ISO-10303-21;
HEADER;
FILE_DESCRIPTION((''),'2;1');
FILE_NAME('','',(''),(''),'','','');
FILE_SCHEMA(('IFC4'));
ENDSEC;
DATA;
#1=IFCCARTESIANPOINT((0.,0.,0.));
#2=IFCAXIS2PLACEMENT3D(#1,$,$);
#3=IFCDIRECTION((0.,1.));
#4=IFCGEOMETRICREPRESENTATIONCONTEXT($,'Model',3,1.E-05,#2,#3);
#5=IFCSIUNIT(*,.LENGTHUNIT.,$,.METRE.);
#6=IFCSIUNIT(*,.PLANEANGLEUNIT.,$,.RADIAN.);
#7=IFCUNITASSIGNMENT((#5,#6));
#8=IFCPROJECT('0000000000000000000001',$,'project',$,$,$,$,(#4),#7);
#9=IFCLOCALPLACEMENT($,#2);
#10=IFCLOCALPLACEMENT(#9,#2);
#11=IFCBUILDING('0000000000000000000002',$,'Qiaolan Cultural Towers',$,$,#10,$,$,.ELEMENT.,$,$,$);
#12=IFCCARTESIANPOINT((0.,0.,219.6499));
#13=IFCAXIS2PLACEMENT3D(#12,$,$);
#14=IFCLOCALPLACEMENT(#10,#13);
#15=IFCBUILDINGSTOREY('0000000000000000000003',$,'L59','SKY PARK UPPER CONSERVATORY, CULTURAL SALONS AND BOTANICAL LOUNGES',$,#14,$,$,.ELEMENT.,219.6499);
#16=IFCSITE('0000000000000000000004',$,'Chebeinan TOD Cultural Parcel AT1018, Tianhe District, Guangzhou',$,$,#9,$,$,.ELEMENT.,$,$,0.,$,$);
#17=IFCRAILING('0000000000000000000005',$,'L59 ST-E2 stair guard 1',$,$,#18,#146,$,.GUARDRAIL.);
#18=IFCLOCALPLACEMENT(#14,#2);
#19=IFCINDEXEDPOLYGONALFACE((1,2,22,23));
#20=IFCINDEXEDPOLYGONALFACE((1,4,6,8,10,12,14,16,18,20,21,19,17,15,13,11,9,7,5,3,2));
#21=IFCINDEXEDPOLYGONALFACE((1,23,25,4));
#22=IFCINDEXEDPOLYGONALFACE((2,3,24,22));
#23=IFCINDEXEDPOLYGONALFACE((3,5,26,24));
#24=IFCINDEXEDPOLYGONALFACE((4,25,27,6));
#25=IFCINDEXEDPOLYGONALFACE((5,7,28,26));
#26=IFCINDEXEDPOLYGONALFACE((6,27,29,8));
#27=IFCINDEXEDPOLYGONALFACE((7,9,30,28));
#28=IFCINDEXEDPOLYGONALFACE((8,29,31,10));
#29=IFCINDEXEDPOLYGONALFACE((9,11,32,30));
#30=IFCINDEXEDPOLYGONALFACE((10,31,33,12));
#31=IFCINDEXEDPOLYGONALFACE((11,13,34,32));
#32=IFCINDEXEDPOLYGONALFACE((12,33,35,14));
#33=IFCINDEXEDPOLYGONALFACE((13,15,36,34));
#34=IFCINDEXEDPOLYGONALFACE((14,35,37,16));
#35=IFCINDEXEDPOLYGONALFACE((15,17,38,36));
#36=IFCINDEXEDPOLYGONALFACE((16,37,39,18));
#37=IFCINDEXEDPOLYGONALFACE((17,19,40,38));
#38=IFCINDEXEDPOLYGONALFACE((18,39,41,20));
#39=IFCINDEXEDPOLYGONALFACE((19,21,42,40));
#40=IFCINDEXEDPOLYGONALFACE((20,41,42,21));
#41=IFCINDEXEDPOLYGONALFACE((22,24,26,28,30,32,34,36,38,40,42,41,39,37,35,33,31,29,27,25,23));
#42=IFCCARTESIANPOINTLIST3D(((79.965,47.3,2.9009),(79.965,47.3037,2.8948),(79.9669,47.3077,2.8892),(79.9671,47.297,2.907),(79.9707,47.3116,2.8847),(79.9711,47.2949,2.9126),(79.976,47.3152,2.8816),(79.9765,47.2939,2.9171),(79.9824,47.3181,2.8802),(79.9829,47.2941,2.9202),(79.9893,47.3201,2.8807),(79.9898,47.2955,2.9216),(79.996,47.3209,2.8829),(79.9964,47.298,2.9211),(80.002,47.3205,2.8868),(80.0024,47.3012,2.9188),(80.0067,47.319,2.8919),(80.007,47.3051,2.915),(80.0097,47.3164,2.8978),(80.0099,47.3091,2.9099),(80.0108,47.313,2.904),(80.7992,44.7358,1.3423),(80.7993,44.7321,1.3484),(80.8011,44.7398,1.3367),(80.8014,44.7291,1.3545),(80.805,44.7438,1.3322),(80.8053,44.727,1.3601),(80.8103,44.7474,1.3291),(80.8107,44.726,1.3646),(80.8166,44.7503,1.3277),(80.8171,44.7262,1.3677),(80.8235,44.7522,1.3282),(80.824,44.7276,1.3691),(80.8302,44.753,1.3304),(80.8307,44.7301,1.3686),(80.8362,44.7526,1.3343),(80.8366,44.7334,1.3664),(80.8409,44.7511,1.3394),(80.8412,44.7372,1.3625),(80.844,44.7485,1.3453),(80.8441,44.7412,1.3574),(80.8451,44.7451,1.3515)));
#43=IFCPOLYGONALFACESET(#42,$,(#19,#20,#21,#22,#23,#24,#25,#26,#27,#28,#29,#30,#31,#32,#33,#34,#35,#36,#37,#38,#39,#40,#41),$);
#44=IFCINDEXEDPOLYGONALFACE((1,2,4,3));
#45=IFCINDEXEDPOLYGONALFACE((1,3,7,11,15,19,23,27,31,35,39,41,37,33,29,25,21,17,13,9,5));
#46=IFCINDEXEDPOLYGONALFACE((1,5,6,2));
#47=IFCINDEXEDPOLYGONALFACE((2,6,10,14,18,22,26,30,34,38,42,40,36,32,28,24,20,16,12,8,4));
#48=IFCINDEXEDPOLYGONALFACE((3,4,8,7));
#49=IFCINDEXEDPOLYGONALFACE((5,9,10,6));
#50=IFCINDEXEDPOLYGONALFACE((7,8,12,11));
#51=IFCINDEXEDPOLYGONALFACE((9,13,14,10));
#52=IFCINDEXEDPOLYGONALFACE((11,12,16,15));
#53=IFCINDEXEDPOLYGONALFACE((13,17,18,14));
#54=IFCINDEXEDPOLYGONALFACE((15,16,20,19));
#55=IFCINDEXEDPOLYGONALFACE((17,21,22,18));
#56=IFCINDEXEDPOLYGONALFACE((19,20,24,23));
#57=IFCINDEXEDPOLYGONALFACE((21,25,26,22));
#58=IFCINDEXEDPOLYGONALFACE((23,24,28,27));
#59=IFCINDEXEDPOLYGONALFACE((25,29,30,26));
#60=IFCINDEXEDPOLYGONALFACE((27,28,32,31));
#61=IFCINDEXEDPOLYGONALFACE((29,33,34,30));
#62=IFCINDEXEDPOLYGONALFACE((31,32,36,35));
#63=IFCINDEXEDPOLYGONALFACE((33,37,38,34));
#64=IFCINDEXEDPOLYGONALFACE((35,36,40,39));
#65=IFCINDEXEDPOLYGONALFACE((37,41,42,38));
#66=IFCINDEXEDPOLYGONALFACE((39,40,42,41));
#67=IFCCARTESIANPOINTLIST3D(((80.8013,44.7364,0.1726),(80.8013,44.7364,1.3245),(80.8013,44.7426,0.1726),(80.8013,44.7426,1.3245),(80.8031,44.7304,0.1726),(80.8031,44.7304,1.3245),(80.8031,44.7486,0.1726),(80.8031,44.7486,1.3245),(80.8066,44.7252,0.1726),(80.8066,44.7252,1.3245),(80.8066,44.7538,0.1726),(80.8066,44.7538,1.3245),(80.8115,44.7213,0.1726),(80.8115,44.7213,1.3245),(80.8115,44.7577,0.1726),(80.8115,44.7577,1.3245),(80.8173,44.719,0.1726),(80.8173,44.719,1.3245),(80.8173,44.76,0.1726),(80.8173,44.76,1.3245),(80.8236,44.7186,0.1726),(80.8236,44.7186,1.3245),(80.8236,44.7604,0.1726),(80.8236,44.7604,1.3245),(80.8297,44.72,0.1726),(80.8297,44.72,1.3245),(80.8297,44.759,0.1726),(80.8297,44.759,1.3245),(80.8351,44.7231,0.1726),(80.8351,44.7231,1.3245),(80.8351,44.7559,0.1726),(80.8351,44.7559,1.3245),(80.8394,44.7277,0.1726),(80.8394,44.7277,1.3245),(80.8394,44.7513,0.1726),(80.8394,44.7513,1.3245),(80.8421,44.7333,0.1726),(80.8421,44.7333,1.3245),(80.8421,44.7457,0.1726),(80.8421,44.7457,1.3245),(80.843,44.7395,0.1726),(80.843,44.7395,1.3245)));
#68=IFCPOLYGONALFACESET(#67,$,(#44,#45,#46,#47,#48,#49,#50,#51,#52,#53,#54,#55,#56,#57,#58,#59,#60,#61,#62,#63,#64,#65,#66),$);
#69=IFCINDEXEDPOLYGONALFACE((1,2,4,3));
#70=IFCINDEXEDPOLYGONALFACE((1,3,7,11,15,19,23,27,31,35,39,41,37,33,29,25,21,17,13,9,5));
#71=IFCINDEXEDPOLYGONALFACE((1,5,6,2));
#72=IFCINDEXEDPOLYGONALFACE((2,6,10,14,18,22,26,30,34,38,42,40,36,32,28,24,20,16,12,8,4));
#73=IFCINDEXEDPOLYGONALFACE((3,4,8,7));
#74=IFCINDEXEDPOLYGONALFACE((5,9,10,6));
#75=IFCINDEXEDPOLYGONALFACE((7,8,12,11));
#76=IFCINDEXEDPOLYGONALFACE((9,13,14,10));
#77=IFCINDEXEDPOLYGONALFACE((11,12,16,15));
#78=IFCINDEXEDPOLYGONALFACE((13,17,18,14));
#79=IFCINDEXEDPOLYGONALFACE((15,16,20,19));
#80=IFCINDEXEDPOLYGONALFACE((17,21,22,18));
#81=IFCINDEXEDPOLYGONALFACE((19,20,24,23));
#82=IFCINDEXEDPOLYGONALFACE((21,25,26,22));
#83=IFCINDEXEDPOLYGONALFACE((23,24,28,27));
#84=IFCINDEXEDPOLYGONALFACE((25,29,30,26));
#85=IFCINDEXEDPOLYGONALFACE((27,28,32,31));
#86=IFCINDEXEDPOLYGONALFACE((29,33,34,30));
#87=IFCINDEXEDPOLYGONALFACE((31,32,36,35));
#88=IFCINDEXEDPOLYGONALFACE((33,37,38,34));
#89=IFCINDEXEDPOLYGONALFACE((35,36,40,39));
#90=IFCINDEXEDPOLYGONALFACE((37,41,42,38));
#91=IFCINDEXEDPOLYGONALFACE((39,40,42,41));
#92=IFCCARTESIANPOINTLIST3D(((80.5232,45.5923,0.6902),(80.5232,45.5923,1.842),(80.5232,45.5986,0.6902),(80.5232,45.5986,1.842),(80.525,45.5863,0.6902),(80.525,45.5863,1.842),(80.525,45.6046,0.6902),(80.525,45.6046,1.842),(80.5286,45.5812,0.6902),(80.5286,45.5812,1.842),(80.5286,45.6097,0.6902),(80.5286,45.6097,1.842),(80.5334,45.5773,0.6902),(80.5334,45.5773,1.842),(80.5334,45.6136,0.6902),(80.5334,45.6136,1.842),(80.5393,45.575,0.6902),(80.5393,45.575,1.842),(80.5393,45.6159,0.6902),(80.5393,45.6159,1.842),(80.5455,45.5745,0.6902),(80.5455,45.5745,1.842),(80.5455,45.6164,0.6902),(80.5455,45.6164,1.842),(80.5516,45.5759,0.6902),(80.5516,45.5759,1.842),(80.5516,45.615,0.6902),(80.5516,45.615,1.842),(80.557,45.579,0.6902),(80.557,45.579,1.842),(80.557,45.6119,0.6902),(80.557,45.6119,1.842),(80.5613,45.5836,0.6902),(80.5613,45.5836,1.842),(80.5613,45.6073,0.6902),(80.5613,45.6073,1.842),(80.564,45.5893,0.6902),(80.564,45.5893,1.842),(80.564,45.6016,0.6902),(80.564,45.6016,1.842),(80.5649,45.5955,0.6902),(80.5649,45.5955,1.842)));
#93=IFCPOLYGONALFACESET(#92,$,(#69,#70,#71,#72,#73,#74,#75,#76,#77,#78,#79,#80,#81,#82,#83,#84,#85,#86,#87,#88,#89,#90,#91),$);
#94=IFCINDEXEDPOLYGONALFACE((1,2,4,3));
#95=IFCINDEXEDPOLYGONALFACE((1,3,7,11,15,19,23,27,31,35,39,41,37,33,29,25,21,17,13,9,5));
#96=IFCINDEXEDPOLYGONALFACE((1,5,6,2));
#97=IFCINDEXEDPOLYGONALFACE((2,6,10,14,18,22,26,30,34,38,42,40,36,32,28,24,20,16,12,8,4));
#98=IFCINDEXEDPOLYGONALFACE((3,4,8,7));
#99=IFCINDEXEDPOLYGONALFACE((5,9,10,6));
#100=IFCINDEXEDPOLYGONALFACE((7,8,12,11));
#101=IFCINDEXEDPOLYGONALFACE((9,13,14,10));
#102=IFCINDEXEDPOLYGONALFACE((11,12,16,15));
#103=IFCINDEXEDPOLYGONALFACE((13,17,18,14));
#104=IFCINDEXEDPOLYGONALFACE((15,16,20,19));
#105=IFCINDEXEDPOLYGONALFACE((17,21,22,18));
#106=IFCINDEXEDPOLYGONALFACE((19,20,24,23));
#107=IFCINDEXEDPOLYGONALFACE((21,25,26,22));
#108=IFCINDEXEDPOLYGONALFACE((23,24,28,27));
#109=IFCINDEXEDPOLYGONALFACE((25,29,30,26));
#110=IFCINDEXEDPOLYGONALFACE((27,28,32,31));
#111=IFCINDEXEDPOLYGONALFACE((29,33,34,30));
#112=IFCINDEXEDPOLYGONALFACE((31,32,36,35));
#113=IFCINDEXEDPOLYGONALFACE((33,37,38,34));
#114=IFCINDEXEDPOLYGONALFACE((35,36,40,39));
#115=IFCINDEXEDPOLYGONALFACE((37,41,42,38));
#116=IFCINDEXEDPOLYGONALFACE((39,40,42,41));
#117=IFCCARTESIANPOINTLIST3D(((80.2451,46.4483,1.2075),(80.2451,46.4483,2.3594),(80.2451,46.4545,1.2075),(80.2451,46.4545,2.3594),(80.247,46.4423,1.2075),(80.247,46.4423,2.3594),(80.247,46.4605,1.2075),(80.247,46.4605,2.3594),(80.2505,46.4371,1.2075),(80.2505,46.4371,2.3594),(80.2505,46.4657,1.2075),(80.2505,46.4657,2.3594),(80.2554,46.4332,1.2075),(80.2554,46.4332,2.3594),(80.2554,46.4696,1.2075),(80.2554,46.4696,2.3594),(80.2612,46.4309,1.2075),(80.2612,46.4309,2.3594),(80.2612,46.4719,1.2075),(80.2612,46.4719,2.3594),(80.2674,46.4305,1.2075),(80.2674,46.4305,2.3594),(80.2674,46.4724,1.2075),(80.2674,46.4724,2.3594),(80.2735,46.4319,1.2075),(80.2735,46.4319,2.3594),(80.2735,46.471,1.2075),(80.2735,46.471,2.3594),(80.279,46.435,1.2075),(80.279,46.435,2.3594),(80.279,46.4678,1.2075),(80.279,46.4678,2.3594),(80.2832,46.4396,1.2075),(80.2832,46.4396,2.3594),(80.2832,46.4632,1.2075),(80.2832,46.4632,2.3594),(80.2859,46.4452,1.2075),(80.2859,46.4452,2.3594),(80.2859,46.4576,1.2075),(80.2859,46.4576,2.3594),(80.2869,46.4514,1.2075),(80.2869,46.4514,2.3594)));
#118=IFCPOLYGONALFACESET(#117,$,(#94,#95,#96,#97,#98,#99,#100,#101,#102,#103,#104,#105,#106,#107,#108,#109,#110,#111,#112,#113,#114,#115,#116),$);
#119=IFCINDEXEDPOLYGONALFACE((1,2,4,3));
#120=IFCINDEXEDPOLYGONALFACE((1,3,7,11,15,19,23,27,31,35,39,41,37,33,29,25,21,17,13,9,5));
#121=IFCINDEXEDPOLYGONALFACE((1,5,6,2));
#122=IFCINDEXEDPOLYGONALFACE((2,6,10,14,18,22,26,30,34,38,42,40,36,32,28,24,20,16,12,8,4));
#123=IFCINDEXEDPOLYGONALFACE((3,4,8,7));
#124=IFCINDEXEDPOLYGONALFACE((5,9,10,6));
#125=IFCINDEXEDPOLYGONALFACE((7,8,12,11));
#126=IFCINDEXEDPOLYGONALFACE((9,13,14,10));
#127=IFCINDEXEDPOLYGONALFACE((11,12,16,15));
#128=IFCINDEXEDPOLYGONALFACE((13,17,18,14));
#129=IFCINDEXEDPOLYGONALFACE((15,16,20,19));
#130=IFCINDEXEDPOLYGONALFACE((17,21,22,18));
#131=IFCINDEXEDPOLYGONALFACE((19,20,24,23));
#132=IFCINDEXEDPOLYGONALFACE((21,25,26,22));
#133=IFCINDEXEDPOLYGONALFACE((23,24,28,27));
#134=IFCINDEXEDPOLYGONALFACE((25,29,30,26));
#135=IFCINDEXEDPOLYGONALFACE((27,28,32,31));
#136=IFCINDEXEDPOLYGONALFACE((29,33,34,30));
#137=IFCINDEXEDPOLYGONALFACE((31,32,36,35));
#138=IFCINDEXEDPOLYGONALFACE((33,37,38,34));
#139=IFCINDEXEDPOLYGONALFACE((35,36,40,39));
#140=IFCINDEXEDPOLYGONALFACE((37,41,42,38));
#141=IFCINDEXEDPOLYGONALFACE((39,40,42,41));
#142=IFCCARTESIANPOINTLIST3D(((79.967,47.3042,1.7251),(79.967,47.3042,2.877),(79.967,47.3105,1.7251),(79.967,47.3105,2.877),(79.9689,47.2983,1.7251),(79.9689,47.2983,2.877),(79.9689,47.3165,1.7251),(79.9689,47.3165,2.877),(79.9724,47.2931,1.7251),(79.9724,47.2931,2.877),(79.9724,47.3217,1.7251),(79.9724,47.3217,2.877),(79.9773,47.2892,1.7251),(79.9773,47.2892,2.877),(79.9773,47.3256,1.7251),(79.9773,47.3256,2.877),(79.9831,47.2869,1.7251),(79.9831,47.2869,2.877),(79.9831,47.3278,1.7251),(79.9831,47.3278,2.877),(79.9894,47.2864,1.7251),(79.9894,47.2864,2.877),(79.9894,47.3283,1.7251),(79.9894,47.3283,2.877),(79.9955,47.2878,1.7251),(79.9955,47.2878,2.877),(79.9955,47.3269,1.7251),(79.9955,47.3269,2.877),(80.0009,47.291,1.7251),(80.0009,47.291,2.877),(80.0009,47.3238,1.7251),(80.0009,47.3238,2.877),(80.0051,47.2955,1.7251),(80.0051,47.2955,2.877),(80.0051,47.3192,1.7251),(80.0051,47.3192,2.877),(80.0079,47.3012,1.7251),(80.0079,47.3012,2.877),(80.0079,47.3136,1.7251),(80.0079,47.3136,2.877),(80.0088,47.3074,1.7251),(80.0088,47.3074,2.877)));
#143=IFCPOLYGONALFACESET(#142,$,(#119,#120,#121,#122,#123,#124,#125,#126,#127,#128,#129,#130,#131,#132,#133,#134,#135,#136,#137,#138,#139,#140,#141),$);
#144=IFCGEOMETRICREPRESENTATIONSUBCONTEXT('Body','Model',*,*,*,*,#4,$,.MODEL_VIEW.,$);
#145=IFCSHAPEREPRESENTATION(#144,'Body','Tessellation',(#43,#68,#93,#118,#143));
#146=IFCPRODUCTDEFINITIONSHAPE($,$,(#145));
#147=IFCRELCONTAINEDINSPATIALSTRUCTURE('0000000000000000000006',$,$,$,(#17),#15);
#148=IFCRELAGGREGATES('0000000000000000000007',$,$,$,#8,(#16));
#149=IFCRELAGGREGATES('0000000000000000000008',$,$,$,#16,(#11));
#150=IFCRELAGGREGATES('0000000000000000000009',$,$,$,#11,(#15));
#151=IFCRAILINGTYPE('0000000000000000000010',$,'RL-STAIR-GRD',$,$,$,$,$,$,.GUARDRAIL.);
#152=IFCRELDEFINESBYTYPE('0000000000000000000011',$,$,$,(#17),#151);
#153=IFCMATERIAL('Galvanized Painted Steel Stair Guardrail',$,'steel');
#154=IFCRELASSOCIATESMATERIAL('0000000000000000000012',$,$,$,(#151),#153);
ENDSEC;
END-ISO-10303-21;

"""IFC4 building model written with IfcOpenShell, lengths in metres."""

from ifc_helpers import new_model, si_unit, direction, frame, origin, origin_2d, place, context, subcontext, project, spatial, circle, extrude, material, type_object, element, save


model = new_model("IFC4")

# Units and contexts
model_context = context("Model", 3, precision=1e-05, world=origin(), true_north=direction((0.0, 1.0)))
body_context = subcontext(model_context, "Body", "Model", "MODEL_VIEW")
ifc_project = project(units=[si_unit("LENGTHUNIT", "METRE"), si_unit("PLANEANGLEUNIT", "RADIAN")], contexts=[model_context])

# Site, building, storey
site_placement = place(None, origin())
site = spatial("IfcSite", under=ifc_project, at=site_placement, Name="Chebeinan TOD Cultural Parcel AT1018, Tianhe District, Guangzhou", CompositionType="ELEMENT", RefElevation=0.0)
building_placement = place(site_placement, origin())
building = spatial("IfcBuilding", under=site, at=building_placement, Name="Qiaolan Cultural Towers", CompositionType="ELEMENT")
storey_placement = place(building_placement, frame((0.0, 0.0, 219.6499)))
storey = spatial("IfcBuildingStorey", under=building, at=storey_placement, Name="L59", Description="SKY PARK UPPER CONSERVATORY, CULTURAL SALONS AND BOTANICAL LOUNGES", CompositionType="ELEMENT", Elevation=219.6499)

# Railing
ifc_material_1 = material(Name="Galvanized Painted Steel Stair Guardrail", Category="steel")
railing_type = type_object("IfcRailingType", Name="RL-STAIR-GRD", PredefinedType="GUARDRAIL", material=ifc_material_1)
railing_1_placement = place(storey_placement, frame((80.822, 44.7395, 0.1726)))
element("IfcRailing", 1, at=railing_1_placement, inside=storey, type_object=railing_type, Name="L59 ST-E2 stair guard 1", PredefinedType="GUARDRAIL", context=body_context, shape_type="SweptSolid", body=[
    extrude(circle(Radius=0.0239, at=origin_2d()), frame((0.0, 0.0, 1.1758), z_axis=(-0.267853, 0.824488, 0.498471), x_axis=(-0.95107, -0.308976, 0.0)), (0.0, 0.0, 1.0), 3.1145),
    extrude(circle(Radius=0.021, at=origin_2d()), origin(), (0.0, 0.0, 1.0), 1.1519),
    extrude(circle(Radius=0.021, at=origin_2d()), frame((-0.2781, 0.856, 0.5176)), (0.0, 0.0, 1.0), 1.1519),
    extrude(circle(Radius=0.021, at=origin_2d()), frame((-0.5562, 1.7119, 1.0349)), (0.0, 0.0, 1.0), 1.1519),
    extrude(circle(Radius=0.021, at=origin_2d()), frame((-0.8342, 2.5679, 1.5525)), (0.0, 0.0, 1.0), 1.1519),
])

save(model, "model.ifc")
